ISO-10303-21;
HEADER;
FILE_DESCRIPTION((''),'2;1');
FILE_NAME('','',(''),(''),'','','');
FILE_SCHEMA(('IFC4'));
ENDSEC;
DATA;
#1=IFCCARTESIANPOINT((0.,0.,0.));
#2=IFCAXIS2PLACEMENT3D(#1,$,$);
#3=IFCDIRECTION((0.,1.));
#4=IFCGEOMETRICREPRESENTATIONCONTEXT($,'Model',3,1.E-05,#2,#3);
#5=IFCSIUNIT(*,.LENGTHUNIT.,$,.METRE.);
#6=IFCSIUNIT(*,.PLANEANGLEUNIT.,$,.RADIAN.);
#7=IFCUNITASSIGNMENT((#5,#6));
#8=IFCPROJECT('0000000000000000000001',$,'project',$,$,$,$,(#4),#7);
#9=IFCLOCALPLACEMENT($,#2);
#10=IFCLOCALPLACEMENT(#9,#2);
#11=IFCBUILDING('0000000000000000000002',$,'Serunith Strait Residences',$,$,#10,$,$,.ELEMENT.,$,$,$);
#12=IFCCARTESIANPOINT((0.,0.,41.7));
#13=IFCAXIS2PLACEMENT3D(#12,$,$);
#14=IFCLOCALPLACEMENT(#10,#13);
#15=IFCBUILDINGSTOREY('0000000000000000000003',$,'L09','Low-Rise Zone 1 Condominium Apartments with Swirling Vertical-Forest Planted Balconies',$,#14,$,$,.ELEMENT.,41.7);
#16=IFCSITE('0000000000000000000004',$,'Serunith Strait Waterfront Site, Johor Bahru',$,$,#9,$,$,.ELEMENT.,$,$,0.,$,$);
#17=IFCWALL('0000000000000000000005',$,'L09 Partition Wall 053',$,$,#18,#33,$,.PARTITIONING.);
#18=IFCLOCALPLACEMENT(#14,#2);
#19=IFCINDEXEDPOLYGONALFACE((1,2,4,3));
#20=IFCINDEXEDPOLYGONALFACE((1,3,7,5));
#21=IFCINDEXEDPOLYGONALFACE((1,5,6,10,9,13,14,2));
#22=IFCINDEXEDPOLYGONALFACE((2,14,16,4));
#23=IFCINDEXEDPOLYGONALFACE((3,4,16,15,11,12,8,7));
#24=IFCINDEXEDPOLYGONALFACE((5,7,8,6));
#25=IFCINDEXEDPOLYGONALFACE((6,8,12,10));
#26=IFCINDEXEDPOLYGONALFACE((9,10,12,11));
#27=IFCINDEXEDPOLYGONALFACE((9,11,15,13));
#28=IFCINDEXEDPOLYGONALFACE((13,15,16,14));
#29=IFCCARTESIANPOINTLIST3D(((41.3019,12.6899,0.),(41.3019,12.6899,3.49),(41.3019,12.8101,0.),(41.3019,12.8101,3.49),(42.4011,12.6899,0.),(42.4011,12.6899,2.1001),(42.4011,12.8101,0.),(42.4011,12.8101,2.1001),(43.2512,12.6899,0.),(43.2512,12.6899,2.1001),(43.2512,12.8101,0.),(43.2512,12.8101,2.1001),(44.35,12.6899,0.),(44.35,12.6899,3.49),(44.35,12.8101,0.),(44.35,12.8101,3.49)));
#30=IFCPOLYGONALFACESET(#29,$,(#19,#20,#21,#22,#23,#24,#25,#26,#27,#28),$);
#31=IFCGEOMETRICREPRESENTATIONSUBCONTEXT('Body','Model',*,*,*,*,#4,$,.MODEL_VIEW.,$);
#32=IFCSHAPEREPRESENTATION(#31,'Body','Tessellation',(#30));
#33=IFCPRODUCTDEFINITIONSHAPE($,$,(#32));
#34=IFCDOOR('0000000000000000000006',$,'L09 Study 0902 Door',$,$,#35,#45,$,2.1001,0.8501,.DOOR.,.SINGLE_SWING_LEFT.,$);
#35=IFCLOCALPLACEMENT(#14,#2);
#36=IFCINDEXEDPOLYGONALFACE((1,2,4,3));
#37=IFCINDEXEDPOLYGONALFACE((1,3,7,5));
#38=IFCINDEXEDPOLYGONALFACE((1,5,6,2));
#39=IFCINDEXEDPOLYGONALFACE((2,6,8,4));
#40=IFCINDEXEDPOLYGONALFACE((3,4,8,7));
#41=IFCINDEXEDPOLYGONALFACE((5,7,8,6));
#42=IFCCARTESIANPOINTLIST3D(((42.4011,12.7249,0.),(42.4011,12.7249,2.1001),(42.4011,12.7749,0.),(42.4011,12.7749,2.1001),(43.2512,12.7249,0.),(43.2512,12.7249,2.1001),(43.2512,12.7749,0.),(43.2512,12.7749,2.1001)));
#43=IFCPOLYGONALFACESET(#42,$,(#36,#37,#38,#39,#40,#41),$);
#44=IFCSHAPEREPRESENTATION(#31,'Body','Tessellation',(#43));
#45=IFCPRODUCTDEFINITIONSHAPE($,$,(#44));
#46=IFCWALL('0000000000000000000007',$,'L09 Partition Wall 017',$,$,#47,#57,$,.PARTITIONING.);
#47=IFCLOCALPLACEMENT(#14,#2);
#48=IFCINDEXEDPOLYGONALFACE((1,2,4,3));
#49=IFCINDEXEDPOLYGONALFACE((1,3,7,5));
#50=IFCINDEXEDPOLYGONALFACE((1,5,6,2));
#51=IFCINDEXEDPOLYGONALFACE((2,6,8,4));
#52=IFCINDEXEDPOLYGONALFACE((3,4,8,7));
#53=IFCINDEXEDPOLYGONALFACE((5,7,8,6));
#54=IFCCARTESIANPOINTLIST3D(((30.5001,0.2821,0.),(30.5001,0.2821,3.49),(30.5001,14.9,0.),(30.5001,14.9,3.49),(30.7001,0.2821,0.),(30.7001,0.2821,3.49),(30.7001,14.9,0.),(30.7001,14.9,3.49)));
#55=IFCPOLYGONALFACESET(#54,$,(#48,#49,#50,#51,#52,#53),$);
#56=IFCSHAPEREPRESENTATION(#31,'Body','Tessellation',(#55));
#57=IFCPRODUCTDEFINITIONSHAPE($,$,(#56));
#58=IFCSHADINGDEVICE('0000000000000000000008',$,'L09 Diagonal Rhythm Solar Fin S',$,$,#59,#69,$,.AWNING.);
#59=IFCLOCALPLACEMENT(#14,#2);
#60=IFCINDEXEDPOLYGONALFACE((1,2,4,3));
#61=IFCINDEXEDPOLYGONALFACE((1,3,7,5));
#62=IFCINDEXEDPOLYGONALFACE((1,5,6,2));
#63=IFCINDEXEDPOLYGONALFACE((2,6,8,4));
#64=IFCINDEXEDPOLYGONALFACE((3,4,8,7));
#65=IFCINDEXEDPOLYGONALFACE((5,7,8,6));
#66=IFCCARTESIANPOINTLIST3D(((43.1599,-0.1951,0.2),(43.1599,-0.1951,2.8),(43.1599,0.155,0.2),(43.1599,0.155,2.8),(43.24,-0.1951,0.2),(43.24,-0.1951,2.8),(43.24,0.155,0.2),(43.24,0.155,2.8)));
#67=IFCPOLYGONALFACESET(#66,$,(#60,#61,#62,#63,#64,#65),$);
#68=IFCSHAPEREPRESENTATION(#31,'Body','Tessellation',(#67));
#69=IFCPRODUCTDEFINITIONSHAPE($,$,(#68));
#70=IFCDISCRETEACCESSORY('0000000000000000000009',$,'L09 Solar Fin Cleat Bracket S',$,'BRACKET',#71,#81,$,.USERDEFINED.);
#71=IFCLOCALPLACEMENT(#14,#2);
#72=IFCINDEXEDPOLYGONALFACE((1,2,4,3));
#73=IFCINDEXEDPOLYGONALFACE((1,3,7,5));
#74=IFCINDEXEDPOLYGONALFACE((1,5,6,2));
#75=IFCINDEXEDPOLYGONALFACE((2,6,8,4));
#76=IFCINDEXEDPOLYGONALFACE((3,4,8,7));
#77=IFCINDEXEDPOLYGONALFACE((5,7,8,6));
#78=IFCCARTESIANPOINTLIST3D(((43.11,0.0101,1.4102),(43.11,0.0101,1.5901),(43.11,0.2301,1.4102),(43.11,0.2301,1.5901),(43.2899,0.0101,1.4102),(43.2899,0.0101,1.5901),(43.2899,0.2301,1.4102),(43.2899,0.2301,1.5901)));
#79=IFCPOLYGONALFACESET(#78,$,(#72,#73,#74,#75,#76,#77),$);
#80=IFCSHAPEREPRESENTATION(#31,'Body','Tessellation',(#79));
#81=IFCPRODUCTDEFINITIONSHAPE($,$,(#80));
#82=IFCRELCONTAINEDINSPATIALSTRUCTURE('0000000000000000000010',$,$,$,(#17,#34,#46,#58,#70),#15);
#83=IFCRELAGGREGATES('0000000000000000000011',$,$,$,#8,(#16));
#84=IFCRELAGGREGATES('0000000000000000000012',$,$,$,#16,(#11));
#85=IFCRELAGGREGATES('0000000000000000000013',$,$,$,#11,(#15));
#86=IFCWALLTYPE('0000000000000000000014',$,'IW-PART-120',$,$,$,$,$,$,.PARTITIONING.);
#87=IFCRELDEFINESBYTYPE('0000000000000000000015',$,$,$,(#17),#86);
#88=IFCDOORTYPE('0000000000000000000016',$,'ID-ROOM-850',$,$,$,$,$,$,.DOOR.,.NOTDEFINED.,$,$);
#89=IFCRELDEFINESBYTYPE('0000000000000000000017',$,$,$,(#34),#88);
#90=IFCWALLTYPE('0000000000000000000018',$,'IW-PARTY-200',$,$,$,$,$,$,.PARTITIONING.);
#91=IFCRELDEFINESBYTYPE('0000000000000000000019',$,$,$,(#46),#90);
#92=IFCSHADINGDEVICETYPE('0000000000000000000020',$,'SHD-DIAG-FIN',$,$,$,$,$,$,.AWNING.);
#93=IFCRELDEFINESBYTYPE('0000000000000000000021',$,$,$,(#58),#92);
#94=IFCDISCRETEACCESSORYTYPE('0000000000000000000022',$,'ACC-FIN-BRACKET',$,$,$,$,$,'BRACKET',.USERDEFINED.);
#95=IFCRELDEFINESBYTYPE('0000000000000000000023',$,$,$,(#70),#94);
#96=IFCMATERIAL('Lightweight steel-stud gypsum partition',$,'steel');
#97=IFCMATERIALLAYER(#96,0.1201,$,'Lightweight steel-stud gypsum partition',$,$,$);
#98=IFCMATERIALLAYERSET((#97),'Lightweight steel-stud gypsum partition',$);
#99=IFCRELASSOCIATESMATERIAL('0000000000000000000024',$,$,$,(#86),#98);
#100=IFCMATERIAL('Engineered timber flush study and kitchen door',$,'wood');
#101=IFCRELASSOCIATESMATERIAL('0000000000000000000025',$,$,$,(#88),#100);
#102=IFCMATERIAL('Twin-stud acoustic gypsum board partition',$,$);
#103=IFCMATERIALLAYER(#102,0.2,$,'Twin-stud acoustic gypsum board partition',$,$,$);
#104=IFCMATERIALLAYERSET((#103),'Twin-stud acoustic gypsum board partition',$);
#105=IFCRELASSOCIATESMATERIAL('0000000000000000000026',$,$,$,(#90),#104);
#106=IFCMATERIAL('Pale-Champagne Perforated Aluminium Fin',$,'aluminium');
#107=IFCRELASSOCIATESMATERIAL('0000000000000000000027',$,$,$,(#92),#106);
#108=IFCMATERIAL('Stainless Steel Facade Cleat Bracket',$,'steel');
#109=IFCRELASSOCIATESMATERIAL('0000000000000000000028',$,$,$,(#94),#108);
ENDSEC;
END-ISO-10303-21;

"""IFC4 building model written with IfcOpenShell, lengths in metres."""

from ifc_helpers import new_model, si_unit, direction, frame, frame_2d, origin, origin_2d, place, context, subcontext, project, spatial, rectangle, extrude, source, transform, mapped, material, layer, layer_set, type_object, element, fill, save


model = new_model("IFC4")

# Units and contexts
model_context = context("Model", 3, precision=1e-05, world=origin(), true_north=direction((0.0, 1.0)))
body_context = subcontext(model_context, "Body", "Model", "MODEL_VIEW")
ifc_project = project(units=[si_unit("LENGTHUNIT", "METRE"), si_unit("PLANEANGLEUNIT", "RADIAN")], contexts=[model_context])

# Site, building, storey
site_placement = place(None, origin())
site = spatial("IfcSite", under=ifc_project, at=site_placement, Name="Serunith Strait Waterfront Site, Johor Bahru", CompositionType="ELEMENT", RefElevation=0.0)
building_placement = place(site_placement, origin())
building = spatial("IfcBuilding", under=site, at=building_placement, Name="Serunith Strait Residences", CompositionType="ELEMENT")
storey_placement = place(building_placement, frame((0.0, 0.0, 41.7)))
storey = spatial("IfcBuildingStorey", under=building, at=storey_placement, Name="L09", Description="Low-Rise Zone 1 Condominium Apartments with Swirling Vertical-Forest Planted Balconies", CompositionType="ELEMENT", Elevation=41.7)

# Shared definitions
ifc_material_1 = material(Name="Lightweight steel-stud gypsum partition", Category="steel")
ifc_layer_1 = layer(ifc_material_1, 0.1201, Name="Lightweight steel-stud gypsum partition")
ifc_layer_set_1 = layer_set([ifc_layer_1], Name="Lightweight steel-stud gypsum partition")
wall_type_1 = type_object("IfcWallType", Name="IW-PART-120", PredefinedType="PARTITIONING", material=ifc_layer_set_1)
ifc_material_2 = material(Name="Engineered timber flush study and kitchen door", Category="wood")
door_type_1 = type_object("IfcDoorType", Name="ID-ROOM-850", OperationType="NOTDEFINED", PredefinedType="DOOR", material=ifc_material_2)
shared_shape_1 = source(origin(), body_context, "Body", "SweptSolid", [
    extrude(rectangle(XDim=0.8501, YDim=2.1001, at=frame_2d((0.425, 1.05))), frame((0.0, 0.0249, 0.0), z_axis=(0.0, -1.0, 0.0), x_axis=(1.0, 0.0, 0.0)), (0.0, 0.0, 1.0), 0.05),
])

# Wall, opening, door
wall_1_placement = place(storey_placement, frame((41.302, 12.75, 0.0), z_axis=(0.0, 0.0, 1.0), x_axis=(1.0, 0.0, 0.0)))
wall_1 = element("IfcWall", 1, at=wall_1_placement, inside=storey, type_object=wall_type_1, Name="L09 Partition Wall 053", PredefinedType="PARTITIONING", context=body_context, shape_type="SweptSolid", body=[
    extrude(rectangle(XDim=3.0481, YDim=0.1201, at=frame_2d((1.5239, 0.0))), origin(), (0.0, 0.0, 1.0), 3.49),
])
opening_1_placement = place(wall_1_placement, frame((1.0991, 0.0, 0.0)))
opening_1 = element("IfcOpeningElement", 2, at=opening_1_placement, cuts=wall_1, PredefinedType="OPENING", context=body_context, shape_type="SweptSolid", body=[
    extrude(rectangle(XDim=0.8501, YDim=2.1001, at=frame_2d((0.425, 1.05))), frame((0.0, 0.0701, 0.0), z_axis=(0.0, -1.0, 0.0), x_axis=(1.0, 0.0, 0.0)), (0.0, 0.0, 1.0), 0.1401),
])
door_1_placement = place(opening_1_placement, origin())
door_1 = element("IfcDoor", 3, at=door_1_placement, inside=storey, type_object=door_type_1, Name="L09 Study 0902 Door", OperationType="SINGLE_SWING_LEFT", OverallHeight=2.1001, OverallWidth=0.8501, PredefinedType="DOOR", context=body_context, shape_type="MappedRepresentation", body=[
    mapped(shared_shape_1, transform((0.0, 0.0, 0.0), scale=1.0)),
])
fill(opening_1, door_1)

# Wall
ifc_material_3 = material(Name="Twin-stud acoustic gypsum board partition")
ifc_layer_2 = layer(ifc_material_3, 0.2, Name="Twin-stud acoustic gypsum board partition")
ifc_layer_set_2 = layer_set([ifc_layer_2], Name="Twin-stud acoustic gypsum board partition")
wall_type_2 = type_object("IfcWallType", Name="IW-PARTY-200", PredefinedType="PARTITIONING", material=ifc_layer_set_2)
wall_2_placement = place(storey_placement, frame((30.6001, 0.282, 0.0), z_axis=(0.0, 0.0, 1.0), x_axis=(0.0, 1.0, 0.0)))
element("IfcWall", 4, at=wall_2_placement, inside=storey, type_object=wall_type_2, Name="L09 Partition Wall 017", PredefinedType="PARTITIONING", context=body_context, shape_type="SweptSolid", body=[
    extrude(rectangle(XDim=14.6179, YDim=0.2, at=frame_2d((7.3091, 0.0))), origin(), (0.0, 0.0, 1.0), 3.49),
])

# Shading device
ifc_material_4 = material(Name="Pale-Champagne Perforated Aluminium Fin", Category="aluminium")
shading_device_type = type_object("IfcShadingDeviceType", Name="SHD-DIAG-FIN", PredefinedType="AWNING", material=ifc_material_4)
shared_shape_2 = source(origin(), body_context, "Body", "SweptSolid", [
    extrude(rectangle(XDim=0.0801, YDim=0.3501, at=origin_2d()), origin(), (0.0, 0.0, 1.0), 2.6001),
])
shading_device_placement = place(storey_placement, frame((43.2, -0.02, 0.2), z_axis=(0.0, 0.0, 1.0), x_axis=(1.0, 0.0, 0.0)))
element("IfcShadingDevice", 5, at=shading_device_placement, inside=storey, type_object=shading_device_type, Name="L09 Diagonal Rhythm Solar Fin S", PredefinedType="AWNING", context=body_context, shape_type="MappedRepresentation", body=[
    mapped(shared_shape_2, transform((0.0, 0.0, 0.0), scale=1.0)),
])

# Discrete accessory
ifc_material_5 = material(Name="Stainless Steel Facade Cleat Bracket", Category="steel")
discrete_accessory_type = type_object("IfcDiscreteAccessoryType", Name="ACC-FIN-BRACKET", ElementType="BRACKET", PredefinedType="USERDEFINED", material=ifc_material_5)
shared_shape_3 = source(origin(), body_context, "Body", "SweptSolid", [
    extrude(rectangle(XDim=0.1799, YDim=0.22, at=origin_2d()), origin(), (0.0, 0.0, 1.0), 0.1799),
])
discrete_accessory_placement = place(storey_placement, frame((43.2, 0.1201, 1.4102), z_axis=(0.0, 0.0, 1.0), x_axis=(1.0, 0.0, 0.0)))
element("IfcDiscreteAccessory", 6, at=discrete_accessory_placement, inside=storey, type_object=discrete_accessory_type, Name="L09 Solar Fin Cleat Bracket S", ObjectType="BRACKET", PredefinedType="USERDEFINED", context=body_context, shape_type="MappedRepresentation", body=[
    mapped(shared_shape_3, transform((0.0, 0.0, 0.0), scale=1.0)),
])

save(model, "model.ifc")
